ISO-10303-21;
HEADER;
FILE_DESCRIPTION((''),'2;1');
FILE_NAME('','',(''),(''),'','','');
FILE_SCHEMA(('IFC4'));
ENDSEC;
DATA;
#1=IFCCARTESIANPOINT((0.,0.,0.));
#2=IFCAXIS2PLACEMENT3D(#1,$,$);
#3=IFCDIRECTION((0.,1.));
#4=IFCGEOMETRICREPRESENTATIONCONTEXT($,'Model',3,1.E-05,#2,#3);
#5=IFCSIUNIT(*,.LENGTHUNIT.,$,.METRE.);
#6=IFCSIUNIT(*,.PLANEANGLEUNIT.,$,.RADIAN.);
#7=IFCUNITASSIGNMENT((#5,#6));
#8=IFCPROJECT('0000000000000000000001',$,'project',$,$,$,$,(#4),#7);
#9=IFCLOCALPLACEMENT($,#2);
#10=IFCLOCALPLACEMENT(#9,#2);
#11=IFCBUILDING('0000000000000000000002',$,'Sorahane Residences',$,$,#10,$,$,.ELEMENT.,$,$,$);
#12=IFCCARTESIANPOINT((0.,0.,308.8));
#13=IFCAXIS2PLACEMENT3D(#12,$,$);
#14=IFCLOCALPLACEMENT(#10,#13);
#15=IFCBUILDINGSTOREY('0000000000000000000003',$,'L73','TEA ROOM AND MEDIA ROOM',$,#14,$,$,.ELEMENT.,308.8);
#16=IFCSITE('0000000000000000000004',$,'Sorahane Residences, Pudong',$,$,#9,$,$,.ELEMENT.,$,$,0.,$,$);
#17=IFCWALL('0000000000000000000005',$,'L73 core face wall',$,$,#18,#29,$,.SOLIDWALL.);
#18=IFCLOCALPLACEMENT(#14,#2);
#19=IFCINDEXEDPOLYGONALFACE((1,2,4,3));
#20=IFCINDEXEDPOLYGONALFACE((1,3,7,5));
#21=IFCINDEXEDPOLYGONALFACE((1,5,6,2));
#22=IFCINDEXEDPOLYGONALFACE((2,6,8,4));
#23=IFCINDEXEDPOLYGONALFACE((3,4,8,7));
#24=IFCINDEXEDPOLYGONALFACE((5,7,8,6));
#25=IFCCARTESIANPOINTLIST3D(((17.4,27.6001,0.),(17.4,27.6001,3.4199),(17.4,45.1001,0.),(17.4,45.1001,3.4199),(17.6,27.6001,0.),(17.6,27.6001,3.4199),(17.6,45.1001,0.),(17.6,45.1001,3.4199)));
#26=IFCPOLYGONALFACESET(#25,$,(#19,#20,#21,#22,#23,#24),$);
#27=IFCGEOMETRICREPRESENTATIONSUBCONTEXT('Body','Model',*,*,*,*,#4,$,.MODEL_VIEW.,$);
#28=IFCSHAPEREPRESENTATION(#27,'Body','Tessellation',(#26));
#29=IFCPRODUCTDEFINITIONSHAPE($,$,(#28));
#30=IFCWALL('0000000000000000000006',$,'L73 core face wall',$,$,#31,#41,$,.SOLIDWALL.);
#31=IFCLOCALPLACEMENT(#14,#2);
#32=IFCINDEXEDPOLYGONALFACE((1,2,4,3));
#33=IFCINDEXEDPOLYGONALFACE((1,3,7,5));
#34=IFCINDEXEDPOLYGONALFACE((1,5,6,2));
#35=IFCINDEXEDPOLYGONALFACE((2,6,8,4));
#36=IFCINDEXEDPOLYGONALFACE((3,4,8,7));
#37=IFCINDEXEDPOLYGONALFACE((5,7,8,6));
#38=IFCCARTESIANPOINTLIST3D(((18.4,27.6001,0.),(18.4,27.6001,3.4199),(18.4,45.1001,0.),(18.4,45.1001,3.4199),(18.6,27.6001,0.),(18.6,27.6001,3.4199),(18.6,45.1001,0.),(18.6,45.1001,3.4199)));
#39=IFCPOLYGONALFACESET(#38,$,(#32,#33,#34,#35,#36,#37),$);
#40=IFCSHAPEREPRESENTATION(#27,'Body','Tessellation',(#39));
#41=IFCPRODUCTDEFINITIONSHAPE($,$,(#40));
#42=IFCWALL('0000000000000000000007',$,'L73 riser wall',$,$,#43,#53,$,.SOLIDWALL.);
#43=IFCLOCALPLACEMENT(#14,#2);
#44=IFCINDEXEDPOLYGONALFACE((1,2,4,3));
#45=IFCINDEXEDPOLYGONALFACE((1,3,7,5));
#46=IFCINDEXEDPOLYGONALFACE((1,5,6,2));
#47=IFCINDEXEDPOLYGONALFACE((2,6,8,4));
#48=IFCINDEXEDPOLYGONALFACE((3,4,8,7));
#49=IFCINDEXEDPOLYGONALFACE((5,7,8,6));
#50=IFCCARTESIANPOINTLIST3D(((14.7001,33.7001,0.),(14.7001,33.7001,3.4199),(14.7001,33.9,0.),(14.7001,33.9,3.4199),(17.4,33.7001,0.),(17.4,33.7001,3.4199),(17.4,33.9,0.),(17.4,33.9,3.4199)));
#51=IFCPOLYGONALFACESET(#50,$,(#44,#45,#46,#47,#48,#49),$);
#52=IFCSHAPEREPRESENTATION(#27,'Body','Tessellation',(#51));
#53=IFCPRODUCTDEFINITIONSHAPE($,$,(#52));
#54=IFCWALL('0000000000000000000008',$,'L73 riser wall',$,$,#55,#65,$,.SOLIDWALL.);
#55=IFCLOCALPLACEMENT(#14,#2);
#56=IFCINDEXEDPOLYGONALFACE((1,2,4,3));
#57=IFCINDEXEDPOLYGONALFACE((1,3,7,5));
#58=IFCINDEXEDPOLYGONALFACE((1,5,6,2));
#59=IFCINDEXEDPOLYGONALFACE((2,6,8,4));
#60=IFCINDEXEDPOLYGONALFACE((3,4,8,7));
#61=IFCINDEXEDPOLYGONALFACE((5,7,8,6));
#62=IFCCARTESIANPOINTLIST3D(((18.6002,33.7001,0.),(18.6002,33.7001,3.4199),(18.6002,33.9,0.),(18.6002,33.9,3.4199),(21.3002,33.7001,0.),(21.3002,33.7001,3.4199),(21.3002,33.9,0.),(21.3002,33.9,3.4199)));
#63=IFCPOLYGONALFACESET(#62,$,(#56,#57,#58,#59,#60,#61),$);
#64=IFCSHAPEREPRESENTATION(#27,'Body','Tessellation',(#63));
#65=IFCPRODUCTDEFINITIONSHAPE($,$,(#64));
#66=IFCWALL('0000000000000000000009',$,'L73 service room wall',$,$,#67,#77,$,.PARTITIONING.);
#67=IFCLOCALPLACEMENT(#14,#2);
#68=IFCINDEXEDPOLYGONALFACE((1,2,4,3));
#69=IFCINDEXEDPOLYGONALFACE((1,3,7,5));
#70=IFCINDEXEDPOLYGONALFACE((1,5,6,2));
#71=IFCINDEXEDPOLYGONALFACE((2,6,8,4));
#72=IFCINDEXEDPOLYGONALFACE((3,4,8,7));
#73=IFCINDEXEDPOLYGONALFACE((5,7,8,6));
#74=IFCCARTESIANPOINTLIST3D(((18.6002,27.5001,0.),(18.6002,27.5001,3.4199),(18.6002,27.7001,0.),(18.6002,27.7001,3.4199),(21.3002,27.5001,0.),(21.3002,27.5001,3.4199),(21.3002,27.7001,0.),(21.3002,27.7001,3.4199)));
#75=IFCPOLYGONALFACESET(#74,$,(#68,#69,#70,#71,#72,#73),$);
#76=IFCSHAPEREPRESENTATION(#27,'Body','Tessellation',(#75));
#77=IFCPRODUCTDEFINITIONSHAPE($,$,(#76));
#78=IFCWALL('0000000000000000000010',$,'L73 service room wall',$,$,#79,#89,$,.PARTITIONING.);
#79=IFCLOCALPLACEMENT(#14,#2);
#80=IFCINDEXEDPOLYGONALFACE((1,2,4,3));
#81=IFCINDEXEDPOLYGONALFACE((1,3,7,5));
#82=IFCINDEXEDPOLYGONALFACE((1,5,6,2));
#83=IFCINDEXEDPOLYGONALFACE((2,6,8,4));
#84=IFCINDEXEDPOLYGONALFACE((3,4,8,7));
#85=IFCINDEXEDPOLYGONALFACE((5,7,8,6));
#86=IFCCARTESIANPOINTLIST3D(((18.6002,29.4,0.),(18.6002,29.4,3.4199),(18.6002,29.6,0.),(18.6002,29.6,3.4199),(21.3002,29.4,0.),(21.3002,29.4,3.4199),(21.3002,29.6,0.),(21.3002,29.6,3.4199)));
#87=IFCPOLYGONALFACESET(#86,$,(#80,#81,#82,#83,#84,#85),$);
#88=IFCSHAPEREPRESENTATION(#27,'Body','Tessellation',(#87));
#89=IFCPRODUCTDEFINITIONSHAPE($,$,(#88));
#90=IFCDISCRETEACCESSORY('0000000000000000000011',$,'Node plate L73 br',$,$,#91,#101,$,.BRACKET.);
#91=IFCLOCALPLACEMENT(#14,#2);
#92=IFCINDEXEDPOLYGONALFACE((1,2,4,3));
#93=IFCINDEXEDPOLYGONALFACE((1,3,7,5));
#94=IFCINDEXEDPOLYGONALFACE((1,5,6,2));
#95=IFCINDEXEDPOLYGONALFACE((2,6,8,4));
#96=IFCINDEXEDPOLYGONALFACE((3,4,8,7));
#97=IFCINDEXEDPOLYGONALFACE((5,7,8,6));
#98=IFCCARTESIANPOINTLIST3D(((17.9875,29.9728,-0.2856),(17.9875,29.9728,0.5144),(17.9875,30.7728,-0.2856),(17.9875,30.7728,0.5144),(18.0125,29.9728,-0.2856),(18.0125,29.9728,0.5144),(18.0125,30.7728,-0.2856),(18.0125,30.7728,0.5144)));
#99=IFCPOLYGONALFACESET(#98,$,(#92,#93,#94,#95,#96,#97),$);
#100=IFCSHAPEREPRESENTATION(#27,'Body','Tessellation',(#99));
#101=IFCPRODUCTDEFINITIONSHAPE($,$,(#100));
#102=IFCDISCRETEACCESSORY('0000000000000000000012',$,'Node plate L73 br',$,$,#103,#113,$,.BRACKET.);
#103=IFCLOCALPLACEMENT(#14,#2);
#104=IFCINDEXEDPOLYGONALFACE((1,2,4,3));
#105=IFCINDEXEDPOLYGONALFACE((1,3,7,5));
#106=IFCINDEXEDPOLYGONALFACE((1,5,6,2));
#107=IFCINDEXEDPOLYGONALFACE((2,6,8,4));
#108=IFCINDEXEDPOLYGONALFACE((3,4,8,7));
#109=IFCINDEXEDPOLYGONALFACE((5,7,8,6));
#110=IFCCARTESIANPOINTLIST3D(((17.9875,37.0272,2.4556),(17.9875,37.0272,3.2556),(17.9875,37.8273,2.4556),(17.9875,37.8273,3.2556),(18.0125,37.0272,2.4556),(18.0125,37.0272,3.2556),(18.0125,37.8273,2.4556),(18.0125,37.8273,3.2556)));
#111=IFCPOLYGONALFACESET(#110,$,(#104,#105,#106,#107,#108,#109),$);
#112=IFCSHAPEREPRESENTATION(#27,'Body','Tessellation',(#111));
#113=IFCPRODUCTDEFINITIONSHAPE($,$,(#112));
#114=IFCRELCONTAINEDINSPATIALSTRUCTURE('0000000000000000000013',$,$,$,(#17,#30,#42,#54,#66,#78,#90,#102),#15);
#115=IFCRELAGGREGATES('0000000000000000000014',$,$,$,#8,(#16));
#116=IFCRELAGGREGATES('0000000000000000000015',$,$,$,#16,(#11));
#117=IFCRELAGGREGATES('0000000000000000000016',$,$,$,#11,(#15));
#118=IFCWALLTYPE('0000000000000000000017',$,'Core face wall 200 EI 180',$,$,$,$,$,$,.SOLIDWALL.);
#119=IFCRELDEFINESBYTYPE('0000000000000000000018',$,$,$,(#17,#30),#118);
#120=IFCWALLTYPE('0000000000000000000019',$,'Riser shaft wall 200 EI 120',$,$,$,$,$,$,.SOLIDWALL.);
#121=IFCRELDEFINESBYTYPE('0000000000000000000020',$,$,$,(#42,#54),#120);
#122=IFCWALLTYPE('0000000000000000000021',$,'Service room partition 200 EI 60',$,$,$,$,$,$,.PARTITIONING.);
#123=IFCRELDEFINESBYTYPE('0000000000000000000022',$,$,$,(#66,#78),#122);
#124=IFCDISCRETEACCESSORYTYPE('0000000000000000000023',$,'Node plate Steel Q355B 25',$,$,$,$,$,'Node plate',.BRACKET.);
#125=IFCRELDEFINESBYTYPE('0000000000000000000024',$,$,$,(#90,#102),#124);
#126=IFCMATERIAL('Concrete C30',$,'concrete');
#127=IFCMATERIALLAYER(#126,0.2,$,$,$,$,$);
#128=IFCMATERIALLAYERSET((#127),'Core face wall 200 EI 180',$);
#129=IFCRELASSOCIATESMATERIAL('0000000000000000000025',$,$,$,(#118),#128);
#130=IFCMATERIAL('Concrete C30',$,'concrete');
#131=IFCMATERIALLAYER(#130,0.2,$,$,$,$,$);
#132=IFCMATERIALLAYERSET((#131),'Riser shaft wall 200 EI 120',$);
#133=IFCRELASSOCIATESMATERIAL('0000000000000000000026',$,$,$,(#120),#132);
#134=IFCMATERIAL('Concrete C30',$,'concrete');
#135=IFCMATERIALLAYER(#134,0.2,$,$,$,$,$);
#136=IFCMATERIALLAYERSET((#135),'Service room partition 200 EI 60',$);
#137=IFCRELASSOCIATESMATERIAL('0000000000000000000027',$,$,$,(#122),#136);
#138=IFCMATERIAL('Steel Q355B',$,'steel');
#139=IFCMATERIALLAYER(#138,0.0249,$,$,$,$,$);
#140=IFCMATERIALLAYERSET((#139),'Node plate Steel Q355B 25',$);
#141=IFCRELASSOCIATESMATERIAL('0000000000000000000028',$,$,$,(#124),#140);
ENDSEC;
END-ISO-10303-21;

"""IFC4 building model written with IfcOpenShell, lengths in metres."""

from ifc_helpers import new_model, si_unit, direction, frame, frame_2d, origin, origin_2d, place, context, subcontext, project, spatial, rectangle, extrude, material, layer, layer_set, type_object, element, save


model = new_model("IFC4")

# Units and contexts
model_context = context("Model", 3, precision=1e-05, world=origin(), true_north=direction((0.0, 1.0)))
body_context = subcontext(model_context, "Body", "Model", "MODEL_VIEW")
ifc_project = project(units=[si_unit("LENGTHUNIT", "METRE"), si_unit("PLANEANGLEUNIT", "RADIAN")], contexts=[model_context])

# Site, building, storey
site_placement = place(None, origin())
site = spatial("IfcSite", under=ifc_project, at=site_placement, Name="Sorahane Residences, Pudong", CompositionType="ELEMENT", RefElevation=0.0)
building_placement = place(site_placement, origin())
building = spatial("IfcBuilding", under=site, at=building_placement, Name="Sorahane Residences", CompositionType="ELEMENT")
storey_placement = place(building_placement, frame((0.0, 0.0, 308.8)))
storey = spatial("IfcBuildingStorey", under=building, at=storey_placement, Name="L73", Description="TEA ROOM AND MEDIA ROOM", CompositionType="ELEMENT", Elevation=308.8)

# Walls
ifc_material_1 = material(Name="Concrete C30", Category="concrete")
ifc_layer_1 = layer(ifc_material_1, 0.2)
ifc_layer_set_1 = layer_set([ifc_layer_1], Name="Core face wall 200 EI 180")
wall_type_1 = type_object("IfcWallType", Name="Core face wall 200 EI 180", PredefinedType="SOLIDWALL", material=ifc_layer_set_1)
for number, where, z_axis, x_axis, name in (
    (1, (17.5, 27.6001, 0.0), (0.0, 0.0, 1.0), (0.0, 1.0, 0.0), "L73 core face wall"),
    (2, (18.5, 27.6001, 0.0), (0.0, 0.0, 1.0), (0.0, 1.0, 0.0), "L73 core face wall"),
):
    element("IfcWall", number, at=place(storey_placement, frame(where, z_axis=z_axis, x_axis=x_axis)), inside=storey, type_object=wall_type_1, Name=name, PredefinedType="SOLIDWALL", context=body_context, shape_type="SweptSolid", body=[
        extrude(rectangle(XDim=17.5, YDim=0.2, at=frame_2d((8.75, 0.0))), origin(), (0.0, 0.0, 1.0), 3.4199),
    ])
ifc_material_2 = material(Name="Concrete C30", Category="concrete")
ifc_layer_2 = layer(ifc_material_2, 0.2)
ifc_layer_set_2 = layer_set([ifc_layer_2], Name="Riser shaft wall 200 EI 120")
wall_type_2 = type_object("IfcWallType", Name="Riser shaft wall 200 EI 120", PredefinedType="SOLIDWALL", material=ifc_layer_set_2)
for number, where, z_axis, x_axis, name in (
    (3, (14.7, 33.8, 0.0), (0.0, 0.0, 1.0), (1.0, 0.0, 0.0), "L73 riser wall"),
    (4, (18.6001, 33.8, 0.0), (0.0, 0.0, 1.0), (1.0, 0.0, 0.0), "L73 riser wall"),
):
    element("IfcWall", number, at=place(storey_placement, frame(where, z_axis=z_axis, x_axis=x_axis)), inside=storey, type_object=wall_type_2, Name=name, PredefinedType="SOLIDWALL", context=body_context, shape_type="SweptSolid", body=[
        extrude(rectangle(XDim=2.7, YDim=0.2, at=frame_2d((1.3501, 0.0))), origin(), (0.0, 0.0, 1.0), 3.4199),
    ])
ifc_material_3 = material(Name="Concrete C30", Category="concrete")
ifc_layer_3 = layer(ifc_material_3, 0.2)
ifc_layer_set_3 = layer_set([ifc_layer_3], Name="Service room partition 200 EI 60")
wall_type_3 = type_object("IfcWallType", Name="Service room partition 200 EI 60", PredefinedType="PARTITIONING", material=ifc_layer_set_3)
for number, where, z_axis, x_axis, name in (
    (5, (18.6001, 27.6001, 0.0), (0.0, 0.0, 1.0), (1.0, 0.0, 0.0), "L73 service room wall"),
    (6, (18.6001, 29.5, 0.0), (0.0, 0.0, 1.0), (1.0, 0.0, 0.0), "L73 service room wall"),
):
    element("IfcWall", number, at=place(storey_placement, frame(where, z_axis=z_axis, x_axis=x_axis)), inside=storey, type_object=wall_type_3, Name=name, PredefinedType="PARTITIONING", context=body_context, shape_type="SweptSolid", body=[
        extrude(rectangle(XDim=2.7, YDim=0.2, at=frame_2d((1.3501, 0.0))), origin(), (0.0, 0.0, 1.0), 3.4199),
    ])

# Discrete accessories
ifc_material_4 = material(Name="Steel Q355B", Category="steel")
ifc_layer_4 = layer(ifc_material_4, 0.0249)
ifc_layer_set_4 = layer_set([ifc_layer_4], Name="Node plate Steel Q355B 25")
discrete_accessory_type = type_object("IfcDiscreteAccessoryType", Name="Node plate Steel Q355B 25", ElementType="Node plate", PredefinedType="BRACKET", material=ifc_layer_set_4)
for number, where, z_axis, x_axis, name in (
    (7, (18.0, 30.3728, -0.2856), (0.0, 0.0, 1.0), (0.0, 1.0, 0.0), "Node plate L73 br"),
    (8, (18.0, 37.4272, 2.4556), (0.0, 0.0, 1.0), (0.0, 1.0, 0.0), "Node plate L73 br"),
):
    element("IfcDiscreteAccessory", number, at=place(storey_placement, frame(where, z_axis=z_axis, x_axis=x_axis)), inside=storey, type_object=discrete_accessory_type, Name=name, PredefinedType="BRACKET", context=body_context, shape_type="SweptSolid", body=[
        extrude(rectangle(XDim=0.8, YDim=0.0249, at=origin_2d()), origin(), (0.0, 0.0, 1.0), 0.8),
    ])

save(model, "model.ifc")
